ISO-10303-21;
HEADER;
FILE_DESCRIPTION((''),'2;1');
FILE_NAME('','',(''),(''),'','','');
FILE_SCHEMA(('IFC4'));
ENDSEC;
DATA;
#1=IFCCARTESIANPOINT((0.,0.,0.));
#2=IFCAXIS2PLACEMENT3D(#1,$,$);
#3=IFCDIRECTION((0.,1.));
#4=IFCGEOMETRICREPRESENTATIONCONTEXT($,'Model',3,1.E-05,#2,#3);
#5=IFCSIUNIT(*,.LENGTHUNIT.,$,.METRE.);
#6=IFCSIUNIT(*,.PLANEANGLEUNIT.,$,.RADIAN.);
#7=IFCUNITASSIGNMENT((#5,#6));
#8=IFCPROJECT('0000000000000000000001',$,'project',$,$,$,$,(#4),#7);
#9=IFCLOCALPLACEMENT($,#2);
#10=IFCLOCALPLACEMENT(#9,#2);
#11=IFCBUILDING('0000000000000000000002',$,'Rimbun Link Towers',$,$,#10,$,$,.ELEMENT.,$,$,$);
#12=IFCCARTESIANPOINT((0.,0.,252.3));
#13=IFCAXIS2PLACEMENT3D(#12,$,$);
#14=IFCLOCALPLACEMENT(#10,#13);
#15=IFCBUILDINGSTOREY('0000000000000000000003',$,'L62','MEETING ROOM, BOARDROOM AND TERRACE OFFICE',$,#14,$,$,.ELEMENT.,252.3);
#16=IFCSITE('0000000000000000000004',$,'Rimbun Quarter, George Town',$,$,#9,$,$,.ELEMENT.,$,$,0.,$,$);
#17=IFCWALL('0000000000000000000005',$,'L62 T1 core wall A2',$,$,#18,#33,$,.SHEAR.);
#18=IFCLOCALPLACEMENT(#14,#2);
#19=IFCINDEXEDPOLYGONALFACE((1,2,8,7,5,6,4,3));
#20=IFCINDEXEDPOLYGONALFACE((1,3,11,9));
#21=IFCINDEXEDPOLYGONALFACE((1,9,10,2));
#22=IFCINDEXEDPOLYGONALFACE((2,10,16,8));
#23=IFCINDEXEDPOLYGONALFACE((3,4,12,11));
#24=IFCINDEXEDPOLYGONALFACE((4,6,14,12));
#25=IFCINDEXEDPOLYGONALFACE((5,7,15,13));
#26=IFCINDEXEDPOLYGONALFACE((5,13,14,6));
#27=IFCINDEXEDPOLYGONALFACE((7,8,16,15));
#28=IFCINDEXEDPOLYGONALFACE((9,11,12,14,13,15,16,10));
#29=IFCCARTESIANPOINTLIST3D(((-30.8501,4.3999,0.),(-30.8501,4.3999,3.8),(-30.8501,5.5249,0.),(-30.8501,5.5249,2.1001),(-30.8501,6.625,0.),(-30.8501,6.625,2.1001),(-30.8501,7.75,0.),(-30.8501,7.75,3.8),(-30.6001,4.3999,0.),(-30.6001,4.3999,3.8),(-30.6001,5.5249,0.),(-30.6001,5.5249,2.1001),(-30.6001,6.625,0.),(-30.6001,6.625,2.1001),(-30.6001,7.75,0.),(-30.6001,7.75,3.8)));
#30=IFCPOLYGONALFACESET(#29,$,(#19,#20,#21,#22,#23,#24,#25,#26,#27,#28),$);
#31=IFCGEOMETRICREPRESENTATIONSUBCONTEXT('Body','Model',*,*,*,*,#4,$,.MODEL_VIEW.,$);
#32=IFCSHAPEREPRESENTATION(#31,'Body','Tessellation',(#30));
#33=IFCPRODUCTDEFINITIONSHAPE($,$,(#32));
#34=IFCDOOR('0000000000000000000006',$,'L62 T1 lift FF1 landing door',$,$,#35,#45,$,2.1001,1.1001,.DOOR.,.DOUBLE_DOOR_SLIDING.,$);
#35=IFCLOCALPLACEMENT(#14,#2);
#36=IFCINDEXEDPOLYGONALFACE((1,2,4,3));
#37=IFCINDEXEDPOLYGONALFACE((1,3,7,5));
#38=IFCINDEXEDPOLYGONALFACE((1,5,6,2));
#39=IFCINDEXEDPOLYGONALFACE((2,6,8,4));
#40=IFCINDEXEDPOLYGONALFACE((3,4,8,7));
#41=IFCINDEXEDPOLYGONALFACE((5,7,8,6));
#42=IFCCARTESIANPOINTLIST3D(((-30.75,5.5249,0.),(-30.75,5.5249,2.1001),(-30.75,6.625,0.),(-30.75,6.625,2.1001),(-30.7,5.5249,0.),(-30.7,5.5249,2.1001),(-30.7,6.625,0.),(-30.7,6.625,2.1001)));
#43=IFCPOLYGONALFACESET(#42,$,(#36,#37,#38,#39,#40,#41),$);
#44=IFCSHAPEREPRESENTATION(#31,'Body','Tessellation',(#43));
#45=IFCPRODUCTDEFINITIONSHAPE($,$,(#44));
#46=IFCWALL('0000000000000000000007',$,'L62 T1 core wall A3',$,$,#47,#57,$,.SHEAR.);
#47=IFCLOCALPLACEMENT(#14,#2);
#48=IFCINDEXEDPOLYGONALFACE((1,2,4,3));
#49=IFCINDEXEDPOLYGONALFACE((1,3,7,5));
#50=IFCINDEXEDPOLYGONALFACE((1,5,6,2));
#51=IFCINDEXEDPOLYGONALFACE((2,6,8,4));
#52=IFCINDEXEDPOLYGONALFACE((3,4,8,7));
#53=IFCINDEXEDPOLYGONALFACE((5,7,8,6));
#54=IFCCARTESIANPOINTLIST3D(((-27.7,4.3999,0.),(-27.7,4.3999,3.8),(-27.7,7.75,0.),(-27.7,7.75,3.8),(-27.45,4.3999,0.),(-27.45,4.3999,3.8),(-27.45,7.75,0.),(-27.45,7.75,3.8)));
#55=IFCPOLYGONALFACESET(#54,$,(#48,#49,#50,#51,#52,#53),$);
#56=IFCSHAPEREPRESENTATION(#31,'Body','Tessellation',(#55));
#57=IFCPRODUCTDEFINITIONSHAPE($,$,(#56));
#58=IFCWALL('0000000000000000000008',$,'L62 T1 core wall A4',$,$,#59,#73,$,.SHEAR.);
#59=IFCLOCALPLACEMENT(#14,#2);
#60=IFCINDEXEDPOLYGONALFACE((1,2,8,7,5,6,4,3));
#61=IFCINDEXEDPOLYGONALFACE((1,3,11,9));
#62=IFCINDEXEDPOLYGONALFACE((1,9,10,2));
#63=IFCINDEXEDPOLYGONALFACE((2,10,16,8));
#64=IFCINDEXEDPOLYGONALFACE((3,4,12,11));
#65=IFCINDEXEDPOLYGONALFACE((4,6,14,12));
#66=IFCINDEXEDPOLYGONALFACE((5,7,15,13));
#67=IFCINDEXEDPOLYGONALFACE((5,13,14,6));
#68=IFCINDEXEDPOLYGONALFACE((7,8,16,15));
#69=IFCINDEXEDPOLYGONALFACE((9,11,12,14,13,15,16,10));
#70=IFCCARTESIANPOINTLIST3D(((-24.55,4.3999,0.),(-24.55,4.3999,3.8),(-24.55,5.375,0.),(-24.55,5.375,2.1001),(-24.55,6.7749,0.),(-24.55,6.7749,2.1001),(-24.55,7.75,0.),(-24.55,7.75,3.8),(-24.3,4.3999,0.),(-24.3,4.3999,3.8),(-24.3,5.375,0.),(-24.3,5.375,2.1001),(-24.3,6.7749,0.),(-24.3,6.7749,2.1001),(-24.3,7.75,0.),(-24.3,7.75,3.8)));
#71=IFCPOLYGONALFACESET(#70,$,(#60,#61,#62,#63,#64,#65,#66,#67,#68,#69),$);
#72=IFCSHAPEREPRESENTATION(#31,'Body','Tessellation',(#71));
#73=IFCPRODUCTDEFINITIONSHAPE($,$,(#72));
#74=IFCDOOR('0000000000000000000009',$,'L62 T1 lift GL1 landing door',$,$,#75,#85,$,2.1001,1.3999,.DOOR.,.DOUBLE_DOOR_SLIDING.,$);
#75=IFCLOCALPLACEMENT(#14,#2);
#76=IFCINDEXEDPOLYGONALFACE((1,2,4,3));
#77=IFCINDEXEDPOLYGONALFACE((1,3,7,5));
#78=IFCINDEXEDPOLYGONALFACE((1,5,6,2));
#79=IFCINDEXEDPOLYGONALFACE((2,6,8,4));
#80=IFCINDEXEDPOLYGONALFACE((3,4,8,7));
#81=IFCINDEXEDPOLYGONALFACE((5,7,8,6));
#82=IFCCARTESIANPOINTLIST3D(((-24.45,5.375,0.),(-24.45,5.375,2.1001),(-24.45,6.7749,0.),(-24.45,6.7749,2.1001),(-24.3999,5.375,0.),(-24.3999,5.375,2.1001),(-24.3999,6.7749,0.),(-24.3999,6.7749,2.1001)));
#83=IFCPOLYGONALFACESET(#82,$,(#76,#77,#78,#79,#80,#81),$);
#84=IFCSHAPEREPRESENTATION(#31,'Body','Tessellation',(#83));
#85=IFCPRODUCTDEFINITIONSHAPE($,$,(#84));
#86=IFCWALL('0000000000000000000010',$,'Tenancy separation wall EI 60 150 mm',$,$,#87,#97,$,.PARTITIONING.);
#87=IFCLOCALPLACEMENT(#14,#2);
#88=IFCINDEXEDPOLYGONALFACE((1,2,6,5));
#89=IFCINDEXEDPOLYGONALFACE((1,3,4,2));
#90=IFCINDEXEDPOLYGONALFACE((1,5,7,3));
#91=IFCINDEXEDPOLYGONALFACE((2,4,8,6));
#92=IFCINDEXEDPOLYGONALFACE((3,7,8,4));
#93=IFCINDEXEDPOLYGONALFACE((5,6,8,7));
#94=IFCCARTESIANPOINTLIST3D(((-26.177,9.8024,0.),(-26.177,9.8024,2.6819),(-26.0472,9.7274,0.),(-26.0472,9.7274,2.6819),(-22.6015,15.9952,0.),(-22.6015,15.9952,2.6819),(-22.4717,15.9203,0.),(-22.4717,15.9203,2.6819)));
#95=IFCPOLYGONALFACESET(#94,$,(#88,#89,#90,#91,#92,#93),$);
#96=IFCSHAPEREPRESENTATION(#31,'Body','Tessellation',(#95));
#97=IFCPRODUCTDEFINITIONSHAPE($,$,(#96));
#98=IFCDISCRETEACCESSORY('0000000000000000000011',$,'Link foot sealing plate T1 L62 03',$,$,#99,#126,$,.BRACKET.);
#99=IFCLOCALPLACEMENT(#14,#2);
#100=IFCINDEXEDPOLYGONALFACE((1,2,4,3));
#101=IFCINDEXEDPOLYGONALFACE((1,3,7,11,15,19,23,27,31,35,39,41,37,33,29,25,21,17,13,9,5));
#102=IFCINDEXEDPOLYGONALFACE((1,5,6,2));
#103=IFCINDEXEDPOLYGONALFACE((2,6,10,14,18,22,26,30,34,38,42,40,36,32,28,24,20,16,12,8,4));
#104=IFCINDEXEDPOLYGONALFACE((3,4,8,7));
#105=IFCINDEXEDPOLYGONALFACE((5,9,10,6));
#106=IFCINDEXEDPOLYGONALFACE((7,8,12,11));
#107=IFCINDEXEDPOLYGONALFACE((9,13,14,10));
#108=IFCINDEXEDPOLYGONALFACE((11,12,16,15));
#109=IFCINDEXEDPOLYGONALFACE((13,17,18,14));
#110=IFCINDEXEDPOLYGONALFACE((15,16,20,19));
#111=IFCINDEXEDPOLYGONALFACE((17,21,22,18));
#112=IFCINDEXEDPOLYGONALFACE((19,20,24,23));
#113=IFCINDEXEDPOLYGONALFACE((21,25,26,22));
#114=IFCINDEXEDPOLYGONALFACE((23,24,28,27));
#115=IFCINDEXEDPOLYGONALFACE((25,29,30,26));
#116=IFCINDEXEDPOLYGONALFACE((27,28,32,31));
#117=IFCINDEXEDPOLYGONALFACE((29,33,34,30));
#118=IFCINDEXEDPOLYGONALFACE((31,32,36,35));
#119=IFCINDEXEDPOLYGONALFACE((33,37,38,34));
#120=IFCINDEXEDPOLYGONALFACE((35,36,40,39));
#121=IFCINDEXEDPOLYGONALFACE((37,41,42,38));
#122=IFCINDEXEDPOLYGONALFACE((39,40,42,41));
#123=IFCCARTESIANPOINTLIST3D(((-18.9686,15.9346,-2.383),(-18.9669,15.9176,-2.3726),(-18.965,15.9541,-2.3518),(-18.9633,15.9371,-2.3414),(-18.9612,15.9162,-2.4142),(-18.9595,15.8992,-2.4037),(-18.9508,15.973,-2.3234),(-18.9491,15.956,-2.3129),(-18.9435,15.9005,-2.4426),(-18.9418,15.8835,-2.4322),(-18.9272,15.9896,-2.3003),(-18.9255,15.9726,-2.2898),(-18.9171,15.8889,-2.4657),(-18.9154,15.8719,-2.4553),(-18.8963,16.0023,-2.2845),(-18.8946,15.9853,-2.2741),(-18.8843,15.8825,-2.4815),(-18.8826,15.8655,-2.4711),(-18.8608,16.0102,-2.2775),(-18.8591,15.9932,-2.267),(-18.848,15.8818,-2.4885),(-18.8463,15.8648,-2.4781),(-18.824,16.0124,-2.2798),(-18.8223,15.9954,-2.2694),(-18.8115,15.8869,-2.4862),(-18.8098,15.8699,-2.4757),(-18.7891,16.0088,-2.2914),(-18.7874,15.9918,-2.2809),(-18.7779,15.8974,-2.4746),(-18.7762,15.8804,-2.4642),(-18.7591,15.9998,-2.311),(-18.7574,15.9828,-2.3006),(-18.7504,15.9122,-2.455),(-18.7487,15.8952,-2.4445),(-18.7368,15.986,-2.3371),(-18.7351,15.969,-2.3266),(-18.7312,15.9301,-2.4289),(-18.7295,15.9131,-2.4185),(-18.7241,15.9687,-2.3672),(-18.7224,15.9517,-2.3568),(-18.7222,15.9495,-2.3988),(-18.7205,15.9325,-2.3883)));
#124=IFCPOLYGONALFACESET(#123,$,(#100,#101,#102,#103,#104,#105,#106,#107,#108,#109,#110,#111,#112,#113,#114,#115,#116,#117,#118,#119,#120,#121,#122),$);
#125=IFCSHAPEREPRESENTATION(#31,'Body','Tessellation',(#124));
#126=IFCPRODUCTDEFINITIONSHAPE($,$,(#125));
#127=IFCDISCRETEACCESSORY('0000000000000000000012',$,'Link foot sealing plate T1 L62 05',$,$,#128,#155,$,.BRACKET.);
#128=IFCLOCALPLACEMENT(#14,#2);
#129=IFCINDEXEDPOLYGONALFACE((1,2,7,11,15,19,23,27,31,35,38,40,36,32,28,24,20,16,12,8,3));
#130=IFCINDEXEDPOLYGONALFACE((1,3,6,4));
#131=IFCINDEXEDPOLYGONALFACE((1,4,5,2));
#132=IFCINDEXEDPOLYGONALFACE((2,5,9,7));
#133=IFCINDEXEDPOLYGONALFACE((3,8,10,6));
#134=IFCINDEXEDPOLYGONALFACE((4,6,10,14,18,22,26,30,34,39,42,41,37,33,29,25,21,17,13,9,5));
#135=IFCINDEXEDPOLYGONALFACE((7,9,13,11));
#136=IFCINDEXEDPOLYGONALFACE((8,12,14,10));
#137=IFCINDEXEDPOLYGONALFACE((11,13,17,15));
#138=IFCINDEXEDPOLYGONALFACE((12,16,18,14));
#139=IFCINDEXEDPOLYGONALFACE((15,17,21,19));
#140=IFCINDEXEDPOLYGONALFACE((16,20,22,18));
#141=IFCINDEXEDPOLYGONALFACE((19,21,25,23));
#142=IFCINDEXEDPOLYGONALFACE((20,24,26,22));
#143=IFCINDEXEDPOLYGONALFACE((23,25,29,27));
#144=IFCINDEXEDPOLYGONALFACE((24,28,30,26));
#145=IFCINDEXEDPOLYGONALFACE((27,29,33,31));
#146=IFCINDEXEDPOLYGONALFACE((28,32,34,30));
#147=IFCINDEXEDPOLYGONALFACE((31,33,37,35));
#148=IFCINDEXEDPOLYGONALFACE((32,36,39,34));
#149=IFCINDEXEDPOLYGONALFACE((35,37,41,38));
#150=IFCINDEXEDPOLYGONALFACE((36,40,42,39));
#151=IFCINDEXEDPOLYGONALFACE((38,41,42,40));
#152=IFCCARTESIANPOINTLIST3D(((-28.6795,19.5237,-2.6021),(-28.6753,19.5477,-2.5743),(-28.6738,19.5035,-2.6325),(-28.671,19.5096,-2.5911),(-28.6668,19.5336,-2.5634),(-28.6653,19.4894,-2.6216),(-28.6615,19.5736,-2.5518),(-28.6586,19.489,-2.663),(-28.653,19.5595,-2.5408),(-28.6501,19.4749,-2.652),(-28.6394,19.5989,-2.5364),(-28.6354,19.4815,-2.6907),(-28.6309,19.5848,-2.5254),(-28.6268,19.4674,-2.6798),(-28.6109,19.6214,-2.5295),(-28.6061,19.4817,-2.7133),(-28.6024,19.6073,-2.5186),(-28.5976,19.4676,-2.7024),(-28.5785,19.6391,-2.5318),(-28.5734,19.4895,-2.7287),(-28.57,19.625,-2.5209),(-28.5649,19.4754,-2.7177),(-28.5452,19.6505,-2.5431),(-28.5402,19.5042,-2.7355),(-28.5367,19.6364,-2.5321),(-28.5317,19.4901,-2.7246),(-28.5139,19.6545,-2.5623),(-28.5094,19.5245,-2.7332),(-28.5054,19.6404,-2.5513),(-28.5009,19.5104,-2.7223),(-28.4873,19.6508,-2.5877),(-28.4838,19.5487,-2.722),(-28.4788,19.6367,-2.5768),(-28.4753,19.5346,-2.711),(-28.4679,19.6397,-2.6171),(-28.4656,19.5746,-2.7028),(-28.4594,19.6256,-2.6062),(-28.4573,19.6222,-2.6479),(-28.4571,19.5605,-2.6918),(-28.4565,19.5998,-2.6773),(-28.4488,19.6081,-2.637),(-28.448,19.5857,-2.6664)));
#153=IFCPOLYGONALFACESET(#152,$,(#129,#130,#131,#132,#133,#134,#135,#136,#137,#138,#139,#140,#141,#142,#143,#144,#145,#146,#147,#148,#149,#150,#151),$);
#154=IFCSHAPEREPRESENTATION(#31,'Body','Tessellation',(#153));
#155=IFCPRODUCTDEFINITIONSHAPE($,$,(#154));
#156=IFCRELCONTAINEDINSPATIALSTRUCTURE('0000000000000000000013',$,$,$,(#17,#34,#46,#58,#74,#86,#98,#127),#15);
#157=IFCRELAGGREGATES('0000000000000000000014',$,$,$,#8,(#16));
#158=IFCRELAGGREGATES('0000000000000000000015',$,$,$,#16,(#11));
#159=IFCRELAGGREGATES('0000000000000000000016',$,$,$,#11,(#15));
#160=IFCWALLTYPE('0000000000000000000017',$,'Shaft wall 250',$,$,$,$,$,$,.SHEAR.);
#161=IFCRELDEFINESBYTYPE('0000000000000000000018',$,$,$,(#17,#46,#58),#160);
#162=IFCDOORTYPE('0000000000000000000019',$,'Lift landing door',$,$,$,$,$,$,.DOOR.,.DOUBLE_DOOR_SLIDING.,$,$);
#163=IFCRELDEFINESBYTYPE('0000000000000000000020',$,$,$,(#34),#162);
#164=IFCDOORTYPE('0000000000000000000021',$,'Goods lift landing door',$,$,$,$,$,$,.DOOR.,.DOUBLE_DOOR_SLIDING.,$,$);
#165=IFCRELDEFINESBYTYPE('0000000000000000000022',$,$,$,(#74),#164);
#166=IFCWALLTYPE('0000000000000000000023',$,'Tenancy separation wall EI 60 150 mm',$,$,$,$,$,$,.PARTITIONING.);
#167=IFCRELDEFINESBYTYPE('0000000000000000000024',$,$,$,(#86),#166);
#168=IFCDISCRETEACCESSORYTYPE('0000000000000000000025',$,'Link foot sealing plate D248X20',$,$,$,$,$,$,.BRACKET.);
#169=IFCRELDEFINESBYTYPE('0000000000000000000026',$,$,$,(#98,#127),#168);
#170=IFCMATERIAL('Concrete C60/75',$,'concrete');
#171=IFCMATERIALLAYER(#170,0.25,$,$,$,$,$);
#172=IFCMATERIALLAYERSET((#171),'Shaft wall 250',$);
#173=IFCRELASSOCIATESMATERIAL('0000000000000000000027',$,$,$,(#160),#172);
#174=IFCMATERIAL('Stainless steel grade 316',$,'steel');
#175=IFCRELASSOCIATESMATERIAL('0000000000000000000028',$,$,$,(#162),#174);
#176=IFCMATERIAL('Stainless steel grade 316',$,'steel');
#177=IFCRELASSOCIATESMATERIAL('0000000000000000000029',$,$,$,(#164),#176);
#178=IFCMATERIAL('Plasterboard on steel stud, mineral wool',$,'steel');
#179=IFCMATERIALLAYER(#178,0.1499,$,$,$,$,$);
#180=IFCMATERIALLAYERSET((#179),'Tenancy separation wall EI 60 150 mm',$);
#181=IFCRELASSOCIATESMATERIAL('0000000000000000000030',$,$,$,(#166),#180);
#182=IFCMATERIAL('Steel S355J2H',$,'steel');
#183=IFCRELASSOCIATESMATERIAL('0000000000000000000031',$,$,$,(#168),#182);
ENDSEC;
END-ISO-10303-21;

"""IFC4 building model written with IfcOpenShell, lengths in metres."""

from ifc_helpers import new_model, si_unit, direction, frame, frame_2d, origin, origin_2d, place, context, subcontext, project, spatial, rectangle, circle, extrude, material, layer, layer_set, material_profile, profile_set, type_object, element, fill, save


model = new_model("IFC4")

# Units and contexts
model_context = context("Model", 3, precision=1e-05, world=origin(), true_north=direction((0.0, 1.0)))
body_context = subcontext(model_context, "Body", "Model", "MODEL_VIEW")
ifc_project = project(units=[si_unit("LENGTHUNIT", "METRE"), si_unit("PLANEANGLEUNIT", "RADIAN")], contexts=[model_context])

# Site, building, storey
site_placement = place(None, origin())
site = spatial("IfcSite", under=ifc_project, at=site_placement, Name="Rimbun Quarter, George Town", CompositionType="ELEMENT", RefElevation=0.0)
building_placement = place(site_placement, origin())
building = spatial("IfcBuilding", under=site, at=building_placement, Name="Rimbun Link Towers", CompositionType="ELEMENT")
storey_placement = place(building_placement, frame((0.0, 0.0, 252.3)))
storey = spatial("IfcBuildingStorey", under=building, at=storey_placement, Name="L62", Description="MEETING ROOM, BOARDROOM AND TERRACE OFFICE", CompositionType="ELEMENT", Elevation=252.3)

# Shared definitions
ifc_material_1 = material(Name="Concrete C60/75", Category="concrete")
ifc_layer_1 = layer(ifc_material_1, 0.25)
ifc_layer_set_1 = layer_set([ifc_layer_1], Name="Shaft wall 250")
wall_type_1 = type_object("IfcWallType", Name="Shaft wall 250", PredefinedType="SHEAR", material=ifc_layer_set_1)

# Wall, opening, door
wall_1_placement = place(storey_placement, frame((-30.7251, 4.3999, 0.0), z_axis=(0.0, 0.0, 1.0), x_axis=(0.0, 1.0, 0.0)))
wall_1 = element("IfcWall", 1, at=wall_1_placement, inside=storey, type_object=wall_type_1, Name="L62 T1 core wall A2", PredefinedType="SHEAR", context=body_context, shape_type="SweptSolid", body=[
    extrude(rectangle(XDim=3.3501, YDim=0.25, at=frame_2d((1.675, 0.0))), origin(), (0.0, 0.0, 1.0), 3.8),
])
opening_1_placement = place(wall_1_placement, frame((1.125, 0.0, 0.0)))
opening_1 = element("IfcOpeningElement", 2, at=opening_1_placement, cuts=wall_1, PredefinedType="OPENING", context=body_context, shape_type="SweptSolid", body=[
    extrude(rectangle(XDim=1.1001, YDim=2.1001, at=frame_2d((0.55, 1.05))), frame((0.0, 0.135, 0.0), z_axis=(0.0, -1.0, 0.0), x_axis=(1.0, 0.0, 0.0)), (0.0, 0.0, 1.0), 0.27),
])
ifc_material_2 = material(Name="Stainless steel grade 316", Category="steel")
door_type_1 = type_object("IfcDoorType", Name="Lift landing door", OperationType="DOUBLE_DOOR_SLIDING", PredefinedType="DOOR", material=ifc_material_2)
door_1_placement = place(opening_1_placement, origin())
door_1 = element("IfcDoor", 3, at=door_1_placement, inside=storey, type_object=door_type_1, Name="L62 T1 lift FF1 landing door", OperationType="DOUBLE_DOOR_SLIDING", OverallHeight=2.1001, OverallWidth=1.1001, PredefinedType="DOOR", context=body_context, shape_type="SweptSolid", body=[
    extrude(rectangle(XDim=1.1001, YDim=2.1001, at=frame_2d((0.55, 1.05))), frame((0.0, 0.0249, 0.0), z_axis=(0.0, -1.0, 0.0), x_axis=(1.0, 0.0, 0.0)), (0.0, 0.0, 1.0), 0.05),
])
fill(opening_1, door_1)

# Wall
wall_2_placement = place(storey_placement, frame((-27.575, 4.3999, 0.0), z_axis=(0.0, 0.0, 1.0), x_axis=(0.0, 1.0, 0.0)))
element("IfcWall", 4, at=wall_2_placement, inside=storey, type_object=wall_type_1, Name="L62 T1 core wall A3", PredefinedType="SHEAR", context=body_context, shape_type="SweptSolid", body=[
    extrude(rectangle(XDim=3.3501, YDim=0.25, at=frame_2d((1.675, 0.0))), origin(), (0.0, 0.0, 1.0), 3.8),
])

# Wall, opening, door
wall_3_placement = place(storey_placement, frame((-24.425, 4.3999, 0.0), z_axis=(0.0, 0.0, 1.0), x_axis=(0.0, 1.0, 0.0)))
wall_3 = element("IfcWall", 5, at=wall_3_placement, inside=storey, type_object=wall_type_1, Name="L62 T1 core wall A4", PredefinedType="SHEAR", context=body_context, shape_type="SweptSolid", body=[
    extrude(rectangle(XDim=3.3501, YDim=0.25, at=frame_2d((1.675, 0.0))), origin(), (0.0, 0.0, 1.0), 3.8),
])
opening_2_placement = place(wall_3_placement, frame((0.9751, 0.0, 0.0)))
opening_2 = element("IfcOpeningElement", 6, at=opening_2_placement, cuts=wall_3, PredefinedType="OPENING", context=body_context, shape_type="SweptSolid", body=[
    extrude(rectangle(XDim=1.3999, YDim=2.1001, at=frame_2d((0.7, 1.05))), frame((0.0, 0.135, 0.0), z_axis=(0.0, -1.0, 0.0), x_axis=(1.0, 0.0, 0.0)), (0.0, 0.0, 1.0), 0.27),
])
ifc_material_3 = material(Name="Stainless steel grade 316", Category="steel")
door_type_2 = type_object("IfcDoorType", Name="Goods lift landing door", OperationType="DOUBLE_DOOR_SLIDING", PredefinedType="DOOR", material=ifc_material_3)
door_2_placement = place(opening_2_placement, origin())
door_2 = element("IfcDoor", 7, at=door_2_placement, inside=storey, type_object=door_type_2, Name="L62 T1 lift GL1 landing door", OperationType="DOUBLE_DOOR_SLIDING", OverallHeight=2.1001, OverallWidth=1.3999, PredefinedType="DOOR", context=body_context, shape_type="SweptSolid", body=[
    extrude(rectangle(XDim=1.3999, YDim=2.1001, at=frame_2d((0.7, 1.05))), frame((0.0, 0.0249, 0.0), z_axis=(0.0, -1.0, 0.0), x_axis=(1.0, 0.0, 0.0)), (0.0, 0.0, 1.0), 0.05),
])
fill(opening_2, door_2)

# Wall
ifc_material_4 = material(Name="Plasterboard on steel stud, mineral wool", Category="steel")
ifc_layer_2 = layer(ifc_material_4, 0.1499)
ifc_layer_set_2 = layer_set([ifc_layer_2], Name="Tenancy separation wall EI 60 150 mm")
wall_type_2 = type_object("IfcWallType", Name="Tenancy separation wall EI 60 150 mm", PredefinedType="PARTITIONING", material=ifc_layer_set_2)
wall_4_placement = place(storey_placement, frame((-26.1121, 9.7649, 0.0), z_axis=(0.0, 0.0, 1.0), x_axis=(0.499998, 0.866026, 0.0)))
element("IfcWall", 8, at=wall_4_placement, inside=storey, type_object=wall_type_2, Name="Tenancy separation wall EI 60 150 mm", PredefinedType="PARTITIONING", context=body_context, shape_type="SweptSolid", body=[
    extrude(rectangle(XDim=7.1509, YDim=0.1499, at=frame_2d((3.5754, 0.0))), origin(), (0.0, 0.0, 1.0), 2.6819),
])

# Discrete accessories
ifc_material_5 = material(Name="Steel S355J2H", Category="steel")
ifc_material_profile_1 = material_profile(ifc_material_5, circle(Radius=0.124, at=origin_2d()), Name="PL D248")
ifc_profile_set_1 = profile_set([ifc_material_profile_1], Name="Steel S355J2H")
discrete_accessory_type = type_object("IfcDiscreteAccessoryType", Name="Link foot sealing plate D248X20", PredefinedType="BRACKET", material=ifc_profile_set_1)
discrete_accessory_1_placement = place(storey_placement, frame((-18.8435, 15.9299, -2.3726), z_axis=(-0.0849, 0.849, -0.521528), x_axis=(-0.995037, -0.099504, 0.0)))
element("IfcDiscreteAccessory", 9, at=discrete_accessory_1_placement, inside=storey, type_object=discrete_accessory_type, Name="Link foot sealing plate T1 L62 03", PredefinedType="BRACKET", context=body_context, shape_type="SweptSolid", body=[
    extrude(circle(Radius=0.124, at=origin_2d()), origin(), (0.0, 0.0, 1.0), 0.02),
])
discrete_accessory_2_placement = place(storey_placement, frame((-28.5591, 19.5535, -2.6216), z_axis=(-0.430364, 0.713175, -0.553325), x_axis=(-0.856188, -0.516665, 0.0)))
element("IfcDiscreteAccessory", 10, at=discrete_accessory_2_placement, inside=storey, type_object=discrete_accessory_type, Name="Link foot sealing plate T1 L62 05", PredefinedType="BRACKET", context=body_context, shape_type="SweptSolid", body=[
    extrude(circle(Radius=0.124, at=origin_2d()), origin(), (0.0, 0.0, 1.0), 0.0198),
])

save(model, "model.ifc")
